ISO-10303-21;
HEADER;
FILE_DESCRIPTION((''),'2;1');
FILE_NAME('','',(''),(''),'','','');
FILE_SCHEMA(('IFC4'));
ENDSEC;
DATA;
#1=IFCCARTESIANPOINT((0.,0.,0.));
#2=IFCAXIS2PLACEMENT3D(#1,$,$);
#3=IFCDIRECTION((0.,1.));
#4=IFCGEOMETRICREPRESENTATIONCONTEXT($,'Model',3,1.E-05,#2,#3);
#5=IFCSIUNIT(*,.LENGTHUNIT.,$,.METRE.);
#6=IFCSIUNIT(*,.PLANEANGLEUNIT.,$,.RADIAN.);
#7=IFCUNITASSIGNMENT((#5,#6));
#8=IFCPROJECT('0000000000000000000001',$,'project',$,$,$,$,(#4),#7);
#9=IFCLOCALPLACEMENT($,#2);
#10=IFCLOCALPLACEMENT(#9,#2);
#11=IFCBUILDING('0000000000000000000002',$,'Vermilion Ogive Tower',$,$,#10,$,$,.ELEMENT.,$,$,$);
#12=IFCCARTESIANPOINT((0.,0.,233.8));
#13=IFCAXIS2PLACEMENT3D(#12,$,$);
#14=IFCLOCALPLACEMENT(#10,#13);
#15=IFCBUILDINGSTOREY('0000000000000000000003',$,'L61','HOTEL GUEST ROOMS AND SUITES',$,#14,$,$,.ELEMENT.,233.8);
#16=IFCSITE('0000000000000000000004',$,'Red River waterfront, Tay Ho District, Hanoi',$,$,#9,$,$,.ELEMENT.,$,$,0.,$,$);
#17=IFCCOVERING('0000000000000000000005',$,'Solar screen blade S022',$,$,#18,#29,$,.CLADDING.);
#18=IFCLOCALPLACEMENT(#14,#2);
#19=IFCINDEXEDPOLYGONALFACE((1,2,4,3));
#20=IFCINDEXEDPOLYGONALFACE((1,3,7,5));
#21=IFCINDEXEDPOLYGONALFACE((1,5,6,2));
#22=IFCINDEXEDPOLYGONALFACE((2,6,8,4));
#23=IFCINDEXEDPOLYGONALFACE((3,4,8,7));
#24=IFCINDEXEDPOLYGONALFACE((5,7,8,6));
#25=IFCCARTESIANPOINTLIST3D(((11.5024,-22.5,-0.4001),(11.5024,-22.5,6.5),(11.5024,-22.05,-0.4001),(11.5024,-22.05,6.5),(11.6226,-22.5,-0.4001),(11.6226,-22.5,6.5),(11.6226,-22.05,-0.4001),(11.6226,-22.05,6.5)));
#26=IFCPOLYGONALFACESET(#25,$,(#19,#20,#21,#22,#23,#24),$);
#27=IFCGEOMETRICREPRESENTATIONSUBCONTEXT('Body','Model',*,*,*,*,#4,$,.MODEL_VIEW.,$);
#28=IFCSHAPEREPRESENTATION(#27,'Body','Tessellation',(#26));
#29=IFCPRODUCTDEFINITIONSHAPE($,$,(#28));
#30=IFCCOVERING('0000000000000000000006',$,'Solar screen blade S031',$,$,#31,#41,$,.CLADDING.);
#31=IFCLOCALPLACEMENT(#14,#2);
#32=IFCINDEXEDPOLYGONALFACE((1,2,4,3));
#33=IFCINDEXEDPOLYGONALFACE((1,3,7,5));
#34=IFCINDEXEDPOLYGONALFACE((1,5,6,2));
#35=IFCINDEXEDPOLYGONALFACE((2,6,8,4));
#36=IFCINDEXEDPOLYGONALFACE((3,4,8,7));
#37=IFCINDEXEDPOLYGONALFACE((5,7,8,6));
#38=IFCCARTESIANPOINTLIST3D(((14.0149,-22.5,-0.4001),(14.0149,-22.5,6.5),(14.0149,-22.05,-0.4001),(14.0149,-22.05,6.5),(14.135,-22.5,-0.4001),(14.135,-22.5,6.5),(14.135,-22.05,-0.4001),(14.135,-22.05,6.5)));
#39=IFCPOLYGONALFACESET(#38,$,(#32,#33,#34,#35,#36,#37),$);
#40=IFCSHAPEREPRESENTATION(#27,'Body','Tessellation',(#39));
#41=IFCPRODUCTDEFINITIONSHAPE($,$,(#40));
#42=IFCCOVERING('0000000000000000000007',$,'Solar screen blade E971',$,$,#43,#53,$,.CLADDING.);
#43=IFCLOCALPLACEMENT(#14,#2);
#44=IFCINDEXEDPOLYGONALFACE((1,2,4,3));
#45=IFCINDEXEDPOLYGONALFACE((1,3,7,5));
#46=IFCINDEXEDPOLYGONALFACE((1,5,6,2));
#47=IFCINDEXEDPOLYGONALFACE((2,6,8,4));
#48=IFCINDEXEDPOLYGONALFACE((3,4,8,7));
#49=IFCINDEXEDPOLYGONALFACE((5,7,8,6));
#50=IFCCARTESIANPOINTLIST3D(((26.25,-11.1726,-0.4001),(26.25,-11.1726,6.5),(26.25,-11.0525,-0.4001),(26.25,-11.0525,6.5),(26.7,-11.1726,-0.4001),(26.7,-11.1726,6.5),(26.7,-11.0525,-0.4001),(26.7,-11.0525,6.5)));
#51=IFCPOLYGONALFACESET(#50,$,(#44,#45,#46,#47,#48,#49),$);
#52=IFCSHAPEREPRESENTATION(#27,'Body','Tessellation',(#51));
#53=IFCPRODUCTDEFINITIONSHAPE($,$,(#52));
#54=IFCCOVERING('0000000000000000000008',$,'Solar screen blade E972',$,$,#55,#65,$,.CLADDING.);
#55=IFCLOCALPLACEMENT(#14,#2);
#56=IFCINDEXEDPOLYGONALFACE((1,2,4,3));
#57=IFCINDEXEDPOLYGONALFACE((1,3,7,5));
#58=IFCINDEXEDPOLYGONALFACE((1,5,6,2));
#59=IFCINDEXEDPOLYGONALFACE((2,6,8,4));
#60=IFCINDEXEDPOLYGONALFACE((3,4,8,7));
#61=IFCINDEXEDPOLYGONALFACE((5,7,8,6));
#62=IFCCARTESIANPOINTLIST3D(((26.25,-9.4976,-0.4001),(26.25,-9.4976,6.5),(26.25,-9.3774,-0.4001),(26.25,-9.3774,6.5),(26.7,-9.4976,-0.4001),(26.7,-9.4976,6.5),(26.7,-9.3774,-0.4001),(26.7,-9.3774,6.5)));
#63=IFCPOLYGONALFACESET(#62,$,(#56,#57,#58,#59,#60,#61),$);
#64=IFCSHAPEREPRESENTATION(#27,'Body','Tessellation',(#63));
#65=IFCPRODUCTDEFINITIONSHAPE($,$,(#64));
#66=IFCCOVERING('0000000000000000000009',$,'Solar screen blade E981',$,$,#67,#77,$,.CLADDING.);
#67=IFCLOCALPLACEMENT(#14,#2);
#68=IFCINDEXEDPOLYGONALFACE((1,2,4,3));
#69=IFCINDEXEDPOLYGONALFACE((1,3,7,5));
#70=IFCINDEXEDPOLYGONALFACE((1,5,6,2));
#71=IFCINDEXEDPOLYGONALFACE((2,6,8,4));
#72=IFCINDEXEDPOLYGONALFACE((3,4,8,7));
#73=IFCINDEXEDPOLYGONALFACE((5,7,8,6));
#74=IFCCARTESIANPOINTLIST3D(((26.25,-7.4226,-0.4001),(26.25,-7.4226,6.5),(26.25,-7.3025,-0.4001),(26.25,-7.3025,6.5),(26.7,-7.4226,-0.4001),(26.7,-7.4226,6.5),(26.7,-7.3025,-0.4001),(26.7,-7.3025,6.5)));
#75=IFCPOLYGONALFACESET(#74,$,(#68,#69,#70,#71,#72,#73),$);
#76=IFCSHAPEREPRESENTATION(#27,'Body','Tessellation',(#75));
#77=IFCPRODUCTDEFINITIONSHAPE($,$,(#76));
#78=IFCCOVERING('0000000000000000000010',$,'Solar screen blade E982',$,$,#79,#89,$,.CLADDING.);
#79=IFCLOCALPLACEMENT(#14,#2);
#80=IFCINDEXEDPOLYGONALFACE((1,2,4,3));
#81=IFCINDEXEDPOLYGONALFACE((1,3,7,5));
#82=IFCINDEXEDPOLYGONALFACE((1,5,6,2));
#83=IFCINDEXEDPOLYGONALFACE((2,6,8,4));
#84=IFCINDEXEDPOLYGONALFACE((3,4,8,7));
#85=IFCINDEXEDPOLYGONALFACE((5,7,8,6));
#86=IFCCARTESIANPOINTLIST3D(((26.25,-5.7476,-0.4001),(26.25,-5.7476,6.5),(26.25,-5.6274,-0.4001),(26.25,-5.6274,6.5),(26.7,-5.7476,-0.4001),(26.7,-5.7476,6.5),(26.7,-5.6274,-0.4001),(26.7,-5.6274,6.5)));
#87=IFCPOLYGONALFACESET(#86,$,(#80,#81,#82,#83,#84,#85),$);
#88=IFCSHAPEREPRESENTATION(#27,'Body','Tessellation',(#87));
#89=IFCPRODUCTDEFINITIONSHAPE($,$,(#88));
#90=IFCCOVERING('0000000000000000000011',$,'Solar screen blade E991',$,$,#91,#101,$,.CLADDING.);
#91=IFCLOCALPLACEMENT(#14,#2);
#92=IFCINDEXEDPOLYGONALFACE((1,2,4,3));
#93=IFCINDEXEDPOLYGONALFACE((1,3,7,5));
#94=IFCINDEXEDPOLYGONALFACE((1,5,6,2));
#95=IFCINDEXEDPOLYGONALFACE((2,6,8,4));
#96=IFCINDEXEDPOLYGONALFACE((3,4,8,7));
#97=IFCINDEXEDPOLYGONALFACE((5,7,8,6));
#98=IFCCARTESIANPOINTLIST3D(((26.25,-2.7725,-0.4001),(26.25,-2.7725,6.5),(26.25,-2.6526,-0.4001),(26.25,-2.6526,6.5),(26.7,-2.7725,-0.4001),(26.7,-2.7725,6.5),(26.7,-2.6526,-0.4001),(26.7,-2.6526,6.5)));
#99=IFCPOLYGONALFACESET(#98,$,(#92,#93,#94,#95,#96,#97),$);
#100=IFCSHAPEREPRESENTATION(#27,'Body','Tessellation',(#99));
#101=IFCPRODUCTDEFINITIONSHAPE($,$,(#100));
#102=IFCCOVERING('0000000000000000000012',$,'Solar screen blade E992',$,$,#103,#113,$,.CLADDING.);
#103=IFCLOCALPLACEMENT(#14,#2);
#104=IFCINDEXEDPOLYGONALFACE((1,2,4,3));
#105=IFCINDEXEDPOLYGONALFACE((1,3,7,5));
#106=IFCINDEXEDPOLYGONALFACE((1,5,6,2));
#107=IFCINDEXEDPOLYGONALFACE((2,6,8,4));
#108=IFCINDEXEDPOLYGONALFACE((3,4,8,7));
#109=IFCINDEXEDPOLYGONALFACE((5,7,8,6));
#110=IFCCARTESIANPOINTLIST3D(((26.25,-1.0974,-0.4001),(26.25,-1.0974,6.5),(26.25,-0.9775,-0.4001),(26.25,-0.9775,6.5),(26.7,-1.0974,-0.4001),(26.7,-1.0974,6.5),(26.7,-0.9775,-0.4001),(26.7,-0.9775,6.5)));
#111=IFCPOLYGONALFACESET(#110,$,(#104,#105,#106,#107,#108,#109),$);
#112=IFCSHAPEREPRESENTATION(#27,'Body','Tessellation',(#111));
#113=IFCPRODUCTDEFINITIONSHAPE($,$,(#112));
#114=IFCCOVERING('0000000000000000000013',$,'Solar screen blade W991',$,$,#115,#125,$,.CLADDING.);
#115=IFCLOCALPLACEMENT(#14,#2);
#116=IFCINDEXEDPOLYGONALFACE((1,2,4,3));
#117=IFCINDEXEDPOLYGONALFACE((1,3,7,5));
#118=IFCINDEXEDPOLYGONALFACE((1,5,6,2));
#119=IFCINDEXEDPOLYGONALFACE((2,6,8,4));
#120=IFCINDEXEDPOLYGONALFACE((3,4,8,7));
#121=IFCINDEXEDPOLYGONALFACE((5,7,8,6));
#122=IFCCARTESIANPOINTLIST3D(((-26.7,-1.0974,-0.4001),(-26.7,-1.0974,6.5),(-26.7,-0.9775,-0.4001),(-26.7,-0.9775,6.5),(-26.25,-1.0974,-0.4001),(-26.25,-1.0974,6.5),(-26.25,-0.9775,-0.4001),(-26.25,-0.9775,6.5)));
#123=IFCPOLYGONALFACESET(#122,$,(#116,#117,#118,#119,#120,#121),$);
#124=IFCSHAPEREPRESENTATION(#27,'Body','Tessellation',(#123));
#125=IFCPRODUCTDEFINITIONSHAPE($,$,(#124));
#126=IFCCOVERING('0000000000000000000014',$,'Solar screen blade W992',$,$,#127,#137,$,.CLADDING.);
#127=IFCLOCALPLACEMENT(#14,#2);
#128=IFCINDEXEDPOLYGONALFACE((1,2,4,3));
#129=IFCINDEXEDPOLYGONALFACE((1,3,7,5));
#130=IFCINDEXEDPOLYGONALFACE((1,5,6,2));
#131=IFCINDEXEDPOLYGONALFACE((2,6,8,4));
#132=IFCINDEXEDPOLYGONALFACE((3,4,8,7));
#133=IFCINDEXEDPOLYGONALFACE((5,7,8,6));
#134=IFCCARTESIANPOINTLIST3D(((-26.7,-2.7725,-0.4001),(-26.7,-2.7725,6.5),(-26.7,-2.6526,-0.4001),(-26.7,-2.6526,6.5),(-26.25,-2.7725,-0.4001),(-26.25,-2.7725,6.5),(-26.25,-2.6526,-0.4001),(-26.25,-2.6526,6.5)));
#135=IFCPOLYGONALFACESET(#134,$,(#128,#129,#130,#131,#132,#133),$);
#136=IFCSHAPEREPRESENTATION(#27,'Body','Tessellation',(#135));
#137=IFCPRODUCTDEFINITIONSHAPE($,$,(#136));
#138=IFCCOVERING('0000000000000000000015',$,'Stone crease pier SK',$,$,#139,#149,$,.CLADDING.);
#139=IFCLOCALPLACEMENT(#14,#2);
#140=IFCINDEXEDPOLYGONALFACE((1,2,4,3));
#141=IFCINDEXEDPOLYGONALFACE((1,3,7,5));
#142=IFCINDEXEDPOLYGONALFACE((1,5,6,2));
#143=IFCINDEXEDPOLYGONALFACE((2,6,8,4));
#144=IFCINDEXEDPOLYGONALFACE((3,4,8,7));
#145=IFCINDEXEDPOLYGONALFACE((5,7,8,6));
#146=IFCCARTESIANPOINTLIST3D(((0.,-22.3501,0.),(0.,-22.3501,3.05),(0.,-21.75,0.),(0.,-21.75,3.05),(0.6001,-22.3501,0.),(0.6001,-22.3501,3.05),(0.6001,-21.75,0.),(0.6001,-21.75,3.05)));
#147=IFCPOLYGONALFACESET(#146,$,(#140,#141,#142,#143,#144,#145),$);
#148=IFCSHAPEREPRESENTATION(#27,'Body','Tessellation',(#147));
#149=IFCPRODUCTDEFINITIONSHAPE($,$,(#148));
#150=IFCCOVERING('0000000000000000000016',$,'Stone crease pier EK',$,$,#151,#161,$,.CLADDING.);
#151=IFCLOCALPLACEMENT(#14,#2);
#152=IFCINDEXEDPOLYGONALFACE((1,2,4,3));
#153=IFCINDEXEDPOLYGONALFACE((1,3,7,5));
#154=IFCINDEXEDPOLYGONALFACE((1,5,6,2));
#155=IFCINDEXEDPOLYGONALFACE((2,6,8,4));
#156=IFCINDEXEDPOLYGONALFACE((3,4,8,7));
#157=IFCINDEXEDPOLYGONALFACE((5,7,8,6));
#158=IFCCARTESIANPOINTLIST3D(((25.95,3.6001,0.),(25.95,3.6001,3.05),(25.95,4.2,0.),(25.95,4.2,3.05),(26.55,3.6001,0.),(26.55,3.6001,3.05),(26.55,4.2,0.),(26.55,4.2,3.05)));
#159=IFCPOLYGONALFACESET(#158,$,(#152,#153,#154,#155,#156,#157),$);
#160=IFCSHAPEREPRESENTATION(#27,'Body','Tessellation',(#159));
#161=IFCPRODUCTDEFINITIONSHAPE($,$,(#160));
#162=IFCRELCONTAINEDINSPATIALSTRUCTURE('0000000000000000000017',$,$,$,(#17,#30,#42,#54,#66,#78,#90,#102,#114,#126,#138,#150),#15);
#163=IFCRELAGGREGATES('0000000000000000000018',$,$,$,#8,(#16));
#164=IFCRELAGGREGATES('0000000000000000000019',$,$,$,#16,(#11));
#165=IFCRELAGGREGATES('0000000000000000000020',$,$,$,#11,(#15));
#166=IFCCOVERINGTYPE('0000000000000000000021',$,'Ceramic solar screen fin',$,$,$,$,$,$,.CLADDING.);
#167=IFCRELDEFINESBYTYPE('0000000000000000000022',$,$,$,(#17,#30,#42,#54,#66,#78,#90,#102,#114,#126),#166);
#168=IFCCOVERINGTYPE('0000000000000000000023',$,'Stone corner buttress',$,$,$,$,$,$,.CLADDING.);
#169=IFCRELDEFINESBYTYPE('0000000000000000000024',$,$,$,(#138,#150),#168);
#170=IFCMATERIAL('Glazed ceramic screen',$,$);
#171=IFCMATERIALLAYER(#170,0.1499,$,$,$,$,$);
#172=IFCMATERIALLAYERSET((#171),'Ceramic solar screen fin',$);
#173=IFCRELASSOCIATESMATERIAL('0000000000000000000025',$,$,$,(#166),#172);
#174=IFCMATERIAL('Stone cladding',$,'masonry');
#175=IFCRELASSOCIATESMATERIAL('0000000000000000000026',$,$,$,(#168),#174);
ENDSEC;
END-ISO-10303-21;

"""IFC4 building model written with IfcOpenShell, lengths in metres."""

from ifc_helpers import new_model, si_unit, direction, frame, origin, place, context, subcontext, project, spatial, polyline, outline, extrude, material, layer, layer_set, type_object, element, save


model = new_model("IFC4")

# Units and contexts
model_context = context("Model", 3, precision=1e-05, world=origin(), true_north=direction((0.0, 1.0)))
body_context = subcontext(model_context, "Body", "Model", "MODEL_VIEW")
ifc_project = project(units=[si_unit("LENGTHUNIT", "METRE"), si_unit("PLANEANGLEUNIT", "RADIAN")], contexts=[model_context])

# Site, building, storey
site_placement = place(None, origin())
site = spatial("IfcSite", under=ifc_project, at=site_placement, Name="Red River waterfront, Tay Ho District, Hanoi", CompositionType="ELEMENT", RefElevation=0.0)
building_placement = place(site_placement, origin())
building = spatial("IfcBuilding", under=site, at=building_placement, Name="Vermilion Ogive Tower", CompositionType="ELEMENT")
storey_placement = place(building_placement, frame((0.0, 0.0, 233.8)))
storey = spatial("IfcBuildingStorey", under=building, at=storey_placement, Name="L61", Description="HOTEL GUEST ROOMS AND SUITES", CompositionType="ELEMENT", Elevation=233.8)

# Coverings
ifc_material_1 = material(Name="Glazed ceramic screen")
ifc_layer_1 = layer(ifc_material_1, 0.1499)
ifc_layer_set_1 = layer_set([ifc_layer_1], Name="Ceramic solar screen fin")
covering_type_1 = type_object("IfcCoveringType", Name="Ceramic solar screen fin", PredefinedType="CLADDING", material=ifc_layer_set_1)
covering_1_placement = place(storey_placement, frame((0.0, 0.0, -0.4001)))
element("IfcCovering", 1, at=covering_1_placement, inside=storey, type_object=covering_type_1, Name="Solar screen blade S022", PredefinedType="CLADDING", context=body_context, shape_type="SweptSolid", body=[
    extrude(outline(polyline([(11.5024, -22.5), (11.6226, -22.5), (11.6226, -22.05), (11.5024, -22.05), (11.5024, -22.5)])), origin(), (0.0, 0.0, 1.0), 6.9001),
])
covering_2_placement = place(storey_placement, frame((0.0, 0.0, -0.4001)))
element("IfcCovering", 2, at=covering_2_placement, inside=storey, type_object=covering_type_1, Name="Solar screen blade S031", PredefinedType="CLADDING", context=body_context, shape_type="SweptSolid", body=[
    extrude(outline(polyline([(14.0149, -22.5), (14.135, -22.5), (14.135, -22.05), (14.0149, -22.05), (14.0149, -22.5)])), origin(), (0.0, 0.0, 1.0), 6.9001),
])
covering_3_placement = place(storey_placement, frame((0.0, 0.0, -0.4001)))
element("IfcCovering", 3, at=covering_3_placement, inside=storey, type_object=covering_type_1, Name="Solar screen blade E971", PredefinedType="CLADDING", context=body_context, shape_type="SweptSolid", body=[
    extrude(outline(polyline([(26.7, -11.1726), (26.7, -11.0525), (26.25, -11.0525), (26.25, -11.1726), (26.7, -11.1726)])), origin(), (0.0, 0.0, 1.0), 6.9001),
])
covering_4_placement = place(storey_placement, frame((0.0, 0.0, -0.4001)))
element("IfcCovering", 4, at=covering_4_placement, inside=storey, type_object=covering_type_1, Name="Solar screen blade E972", PredefinedType="CLADDING", context=body_context, shape_type="SweptSolid", body=[
    extrude(outline(polyline([(26.7, -9.4976), (26.7, -9.3774), (26.25, -9.3774), (26.25, -9.4976), (26.7, -9.4976)])), origin(), (0.0, 0.0, 1.0), 6.9001),
])
covering_5_placement = place(storey_placement, frame((0.0, 0.0, -0.4001)))
element("IfcCovering", 5, at=covering_5_placement, inside=storey, type_object=covering_type_1, Name="Solar screen blade E981", PredefinedType="CLADDING", context=body_context, shape_type="SweptSolid", body=[
    extrude(outline(polyline([(26.7, -7.4226), (26.7, -7.3025), (26.25, -7.3025), (26.25, -7.4226), (26.7, -7.4226)])), origin(), (0.0, 0.0, 1.0), 6.9001),
])
covering_6_placement = place(storey_placement, frame((0.0, 0.0, -0.4001)))
element("IfcCovering", 6, at=covering_6_placement, inside=storey, type_object=covering_type_1, Name="Solar screen blade E982", PredefinedType="CLADDING", context=body_context, shape_type="SweptSolid", body=[
    extrude(outline(polyline([(26.7, -5.7476), (26.7, -5.6274), (26.25, -5.6274), (26.25, -5.7476), (26.7, -5.7476)])), origin(), (0.0, 0.0, 1.0), 6.9001),
])
covering_7_placement = place(storey_placement, frame((0.0, 0.0, -0.4001)))
element("IfcCovering", 7, at=covering_7_placement, inside=storey, type_object=covering_type_1, Name="Solar screen blade E991", PredefinedType="CLADDING", context=body_context, shape_type="SweptSolid", body=[
    extrude(outline(polyline([(26.7, -2.7725), (26.7, -2.6526), (26.25, -2.6526), (26.25, -2.7725), (26.7, -2.7725)])), origin(), (0.0, 0.0, 1.0), 6.9001),
])
covering_8_placement = place(storey_placement, frame((0.0, 0.0, -0.4001)))
element("IfcCovering", 8, at=covering_8_placement, inside=storey, type_object=covering_type_1, Name="Solar screen blade E992", PredefinedType="CLADDING", context=body_context, shape_type="SweptSolid", body=[
    extrude(outline(polyline([(26.7, -1.0974), (26.7, -0.9775), (26.25, -0.9775), (26.25, -1.0974), (26.7, -1.0974)])), origin(), (0.0, 0.0, 1.0), 6.9001),
])
covering_9_placement = place(storey_placement, frame((0.0, 0.0, -0.4001)))
element("IfcCovering", 9, at=covering_9_placement, inside=storey, type_object=covering_type_1, Name="Solar screen blade W991", PredefinedType="CLADDING", context=body_context, shape_type="SweptSolid", body=[
    extrude(outline(polyline([(-26.7, -0.9775), (-26.7, -1.0974), (-26.25, -1.0974), (-26.25, -0.9775), (-26.7, -0.9775)])), origin(), (0.0, 0.0, 1.0), 6.9001),
])
covering_10_placement = place(storey_placement, frame((0.0, 0.0, -0.4001)))
element("IfcCovering", 10, at=covering_10_placement, inside=storey, type_object=covering_type_1, Name="Solar screen blade W992", PredefinedType="CLADDING", context=body_context, shape_type="SweptSolid", body=[
    extrude(outline(polyline([(-26.7, -2.6526), (-26.7, -2.7725), (-26.25, -2.7725), (-26.25, -2.6526), (-26.7, -2.6526)])), origin(), (0.0, 0.0, 1.0), 6.9001),
])
ifc_material_2 = material(Name="Stone cladding", Category="masonry")
covering_type_2 = type_object("IfcCoveringType", Name="Stone corner buttress", PredefinedType="CLADDING", material=ifc_material_2)
covering_11_placement = place(storey_placement, origin())
element("IfcCovering", 11, at=covering_11_placement, inside=storey, type_object=covering_type_2, Name="Stone crease pier SK", PredefinedType="CLADDING", context=body_context, shape_type="SweptSolid", body=[
    extrude(outline(polyline([(0.0, -22.3501), (0.6001, -22.3501), (0.6001, -21.75), (0.0, -21.75), (0.0, -22.3501)])), origin(), (0.0, 0.0, 1.0), 3.05),
])
covering_12_placement = place(storey_placement, origin())
element("IfcCovering", 12, at=covering_12_placement, inside=storey, type_object=covering_type_2, Name="Stone crease pier EK", PredefinedType="CLADDING", context=body_context, shape_type="SweptSolid", body=[
    extrude(outline(polyline([(26.55, 3.6001), (26.55, 4.2), (25.95, 4.2), (25.95, 3.6001), (26.55, 3.6001)])), origin(), (0.0, 0.0, 1.0), 3.05),
])

save(model, "model.ifc")
